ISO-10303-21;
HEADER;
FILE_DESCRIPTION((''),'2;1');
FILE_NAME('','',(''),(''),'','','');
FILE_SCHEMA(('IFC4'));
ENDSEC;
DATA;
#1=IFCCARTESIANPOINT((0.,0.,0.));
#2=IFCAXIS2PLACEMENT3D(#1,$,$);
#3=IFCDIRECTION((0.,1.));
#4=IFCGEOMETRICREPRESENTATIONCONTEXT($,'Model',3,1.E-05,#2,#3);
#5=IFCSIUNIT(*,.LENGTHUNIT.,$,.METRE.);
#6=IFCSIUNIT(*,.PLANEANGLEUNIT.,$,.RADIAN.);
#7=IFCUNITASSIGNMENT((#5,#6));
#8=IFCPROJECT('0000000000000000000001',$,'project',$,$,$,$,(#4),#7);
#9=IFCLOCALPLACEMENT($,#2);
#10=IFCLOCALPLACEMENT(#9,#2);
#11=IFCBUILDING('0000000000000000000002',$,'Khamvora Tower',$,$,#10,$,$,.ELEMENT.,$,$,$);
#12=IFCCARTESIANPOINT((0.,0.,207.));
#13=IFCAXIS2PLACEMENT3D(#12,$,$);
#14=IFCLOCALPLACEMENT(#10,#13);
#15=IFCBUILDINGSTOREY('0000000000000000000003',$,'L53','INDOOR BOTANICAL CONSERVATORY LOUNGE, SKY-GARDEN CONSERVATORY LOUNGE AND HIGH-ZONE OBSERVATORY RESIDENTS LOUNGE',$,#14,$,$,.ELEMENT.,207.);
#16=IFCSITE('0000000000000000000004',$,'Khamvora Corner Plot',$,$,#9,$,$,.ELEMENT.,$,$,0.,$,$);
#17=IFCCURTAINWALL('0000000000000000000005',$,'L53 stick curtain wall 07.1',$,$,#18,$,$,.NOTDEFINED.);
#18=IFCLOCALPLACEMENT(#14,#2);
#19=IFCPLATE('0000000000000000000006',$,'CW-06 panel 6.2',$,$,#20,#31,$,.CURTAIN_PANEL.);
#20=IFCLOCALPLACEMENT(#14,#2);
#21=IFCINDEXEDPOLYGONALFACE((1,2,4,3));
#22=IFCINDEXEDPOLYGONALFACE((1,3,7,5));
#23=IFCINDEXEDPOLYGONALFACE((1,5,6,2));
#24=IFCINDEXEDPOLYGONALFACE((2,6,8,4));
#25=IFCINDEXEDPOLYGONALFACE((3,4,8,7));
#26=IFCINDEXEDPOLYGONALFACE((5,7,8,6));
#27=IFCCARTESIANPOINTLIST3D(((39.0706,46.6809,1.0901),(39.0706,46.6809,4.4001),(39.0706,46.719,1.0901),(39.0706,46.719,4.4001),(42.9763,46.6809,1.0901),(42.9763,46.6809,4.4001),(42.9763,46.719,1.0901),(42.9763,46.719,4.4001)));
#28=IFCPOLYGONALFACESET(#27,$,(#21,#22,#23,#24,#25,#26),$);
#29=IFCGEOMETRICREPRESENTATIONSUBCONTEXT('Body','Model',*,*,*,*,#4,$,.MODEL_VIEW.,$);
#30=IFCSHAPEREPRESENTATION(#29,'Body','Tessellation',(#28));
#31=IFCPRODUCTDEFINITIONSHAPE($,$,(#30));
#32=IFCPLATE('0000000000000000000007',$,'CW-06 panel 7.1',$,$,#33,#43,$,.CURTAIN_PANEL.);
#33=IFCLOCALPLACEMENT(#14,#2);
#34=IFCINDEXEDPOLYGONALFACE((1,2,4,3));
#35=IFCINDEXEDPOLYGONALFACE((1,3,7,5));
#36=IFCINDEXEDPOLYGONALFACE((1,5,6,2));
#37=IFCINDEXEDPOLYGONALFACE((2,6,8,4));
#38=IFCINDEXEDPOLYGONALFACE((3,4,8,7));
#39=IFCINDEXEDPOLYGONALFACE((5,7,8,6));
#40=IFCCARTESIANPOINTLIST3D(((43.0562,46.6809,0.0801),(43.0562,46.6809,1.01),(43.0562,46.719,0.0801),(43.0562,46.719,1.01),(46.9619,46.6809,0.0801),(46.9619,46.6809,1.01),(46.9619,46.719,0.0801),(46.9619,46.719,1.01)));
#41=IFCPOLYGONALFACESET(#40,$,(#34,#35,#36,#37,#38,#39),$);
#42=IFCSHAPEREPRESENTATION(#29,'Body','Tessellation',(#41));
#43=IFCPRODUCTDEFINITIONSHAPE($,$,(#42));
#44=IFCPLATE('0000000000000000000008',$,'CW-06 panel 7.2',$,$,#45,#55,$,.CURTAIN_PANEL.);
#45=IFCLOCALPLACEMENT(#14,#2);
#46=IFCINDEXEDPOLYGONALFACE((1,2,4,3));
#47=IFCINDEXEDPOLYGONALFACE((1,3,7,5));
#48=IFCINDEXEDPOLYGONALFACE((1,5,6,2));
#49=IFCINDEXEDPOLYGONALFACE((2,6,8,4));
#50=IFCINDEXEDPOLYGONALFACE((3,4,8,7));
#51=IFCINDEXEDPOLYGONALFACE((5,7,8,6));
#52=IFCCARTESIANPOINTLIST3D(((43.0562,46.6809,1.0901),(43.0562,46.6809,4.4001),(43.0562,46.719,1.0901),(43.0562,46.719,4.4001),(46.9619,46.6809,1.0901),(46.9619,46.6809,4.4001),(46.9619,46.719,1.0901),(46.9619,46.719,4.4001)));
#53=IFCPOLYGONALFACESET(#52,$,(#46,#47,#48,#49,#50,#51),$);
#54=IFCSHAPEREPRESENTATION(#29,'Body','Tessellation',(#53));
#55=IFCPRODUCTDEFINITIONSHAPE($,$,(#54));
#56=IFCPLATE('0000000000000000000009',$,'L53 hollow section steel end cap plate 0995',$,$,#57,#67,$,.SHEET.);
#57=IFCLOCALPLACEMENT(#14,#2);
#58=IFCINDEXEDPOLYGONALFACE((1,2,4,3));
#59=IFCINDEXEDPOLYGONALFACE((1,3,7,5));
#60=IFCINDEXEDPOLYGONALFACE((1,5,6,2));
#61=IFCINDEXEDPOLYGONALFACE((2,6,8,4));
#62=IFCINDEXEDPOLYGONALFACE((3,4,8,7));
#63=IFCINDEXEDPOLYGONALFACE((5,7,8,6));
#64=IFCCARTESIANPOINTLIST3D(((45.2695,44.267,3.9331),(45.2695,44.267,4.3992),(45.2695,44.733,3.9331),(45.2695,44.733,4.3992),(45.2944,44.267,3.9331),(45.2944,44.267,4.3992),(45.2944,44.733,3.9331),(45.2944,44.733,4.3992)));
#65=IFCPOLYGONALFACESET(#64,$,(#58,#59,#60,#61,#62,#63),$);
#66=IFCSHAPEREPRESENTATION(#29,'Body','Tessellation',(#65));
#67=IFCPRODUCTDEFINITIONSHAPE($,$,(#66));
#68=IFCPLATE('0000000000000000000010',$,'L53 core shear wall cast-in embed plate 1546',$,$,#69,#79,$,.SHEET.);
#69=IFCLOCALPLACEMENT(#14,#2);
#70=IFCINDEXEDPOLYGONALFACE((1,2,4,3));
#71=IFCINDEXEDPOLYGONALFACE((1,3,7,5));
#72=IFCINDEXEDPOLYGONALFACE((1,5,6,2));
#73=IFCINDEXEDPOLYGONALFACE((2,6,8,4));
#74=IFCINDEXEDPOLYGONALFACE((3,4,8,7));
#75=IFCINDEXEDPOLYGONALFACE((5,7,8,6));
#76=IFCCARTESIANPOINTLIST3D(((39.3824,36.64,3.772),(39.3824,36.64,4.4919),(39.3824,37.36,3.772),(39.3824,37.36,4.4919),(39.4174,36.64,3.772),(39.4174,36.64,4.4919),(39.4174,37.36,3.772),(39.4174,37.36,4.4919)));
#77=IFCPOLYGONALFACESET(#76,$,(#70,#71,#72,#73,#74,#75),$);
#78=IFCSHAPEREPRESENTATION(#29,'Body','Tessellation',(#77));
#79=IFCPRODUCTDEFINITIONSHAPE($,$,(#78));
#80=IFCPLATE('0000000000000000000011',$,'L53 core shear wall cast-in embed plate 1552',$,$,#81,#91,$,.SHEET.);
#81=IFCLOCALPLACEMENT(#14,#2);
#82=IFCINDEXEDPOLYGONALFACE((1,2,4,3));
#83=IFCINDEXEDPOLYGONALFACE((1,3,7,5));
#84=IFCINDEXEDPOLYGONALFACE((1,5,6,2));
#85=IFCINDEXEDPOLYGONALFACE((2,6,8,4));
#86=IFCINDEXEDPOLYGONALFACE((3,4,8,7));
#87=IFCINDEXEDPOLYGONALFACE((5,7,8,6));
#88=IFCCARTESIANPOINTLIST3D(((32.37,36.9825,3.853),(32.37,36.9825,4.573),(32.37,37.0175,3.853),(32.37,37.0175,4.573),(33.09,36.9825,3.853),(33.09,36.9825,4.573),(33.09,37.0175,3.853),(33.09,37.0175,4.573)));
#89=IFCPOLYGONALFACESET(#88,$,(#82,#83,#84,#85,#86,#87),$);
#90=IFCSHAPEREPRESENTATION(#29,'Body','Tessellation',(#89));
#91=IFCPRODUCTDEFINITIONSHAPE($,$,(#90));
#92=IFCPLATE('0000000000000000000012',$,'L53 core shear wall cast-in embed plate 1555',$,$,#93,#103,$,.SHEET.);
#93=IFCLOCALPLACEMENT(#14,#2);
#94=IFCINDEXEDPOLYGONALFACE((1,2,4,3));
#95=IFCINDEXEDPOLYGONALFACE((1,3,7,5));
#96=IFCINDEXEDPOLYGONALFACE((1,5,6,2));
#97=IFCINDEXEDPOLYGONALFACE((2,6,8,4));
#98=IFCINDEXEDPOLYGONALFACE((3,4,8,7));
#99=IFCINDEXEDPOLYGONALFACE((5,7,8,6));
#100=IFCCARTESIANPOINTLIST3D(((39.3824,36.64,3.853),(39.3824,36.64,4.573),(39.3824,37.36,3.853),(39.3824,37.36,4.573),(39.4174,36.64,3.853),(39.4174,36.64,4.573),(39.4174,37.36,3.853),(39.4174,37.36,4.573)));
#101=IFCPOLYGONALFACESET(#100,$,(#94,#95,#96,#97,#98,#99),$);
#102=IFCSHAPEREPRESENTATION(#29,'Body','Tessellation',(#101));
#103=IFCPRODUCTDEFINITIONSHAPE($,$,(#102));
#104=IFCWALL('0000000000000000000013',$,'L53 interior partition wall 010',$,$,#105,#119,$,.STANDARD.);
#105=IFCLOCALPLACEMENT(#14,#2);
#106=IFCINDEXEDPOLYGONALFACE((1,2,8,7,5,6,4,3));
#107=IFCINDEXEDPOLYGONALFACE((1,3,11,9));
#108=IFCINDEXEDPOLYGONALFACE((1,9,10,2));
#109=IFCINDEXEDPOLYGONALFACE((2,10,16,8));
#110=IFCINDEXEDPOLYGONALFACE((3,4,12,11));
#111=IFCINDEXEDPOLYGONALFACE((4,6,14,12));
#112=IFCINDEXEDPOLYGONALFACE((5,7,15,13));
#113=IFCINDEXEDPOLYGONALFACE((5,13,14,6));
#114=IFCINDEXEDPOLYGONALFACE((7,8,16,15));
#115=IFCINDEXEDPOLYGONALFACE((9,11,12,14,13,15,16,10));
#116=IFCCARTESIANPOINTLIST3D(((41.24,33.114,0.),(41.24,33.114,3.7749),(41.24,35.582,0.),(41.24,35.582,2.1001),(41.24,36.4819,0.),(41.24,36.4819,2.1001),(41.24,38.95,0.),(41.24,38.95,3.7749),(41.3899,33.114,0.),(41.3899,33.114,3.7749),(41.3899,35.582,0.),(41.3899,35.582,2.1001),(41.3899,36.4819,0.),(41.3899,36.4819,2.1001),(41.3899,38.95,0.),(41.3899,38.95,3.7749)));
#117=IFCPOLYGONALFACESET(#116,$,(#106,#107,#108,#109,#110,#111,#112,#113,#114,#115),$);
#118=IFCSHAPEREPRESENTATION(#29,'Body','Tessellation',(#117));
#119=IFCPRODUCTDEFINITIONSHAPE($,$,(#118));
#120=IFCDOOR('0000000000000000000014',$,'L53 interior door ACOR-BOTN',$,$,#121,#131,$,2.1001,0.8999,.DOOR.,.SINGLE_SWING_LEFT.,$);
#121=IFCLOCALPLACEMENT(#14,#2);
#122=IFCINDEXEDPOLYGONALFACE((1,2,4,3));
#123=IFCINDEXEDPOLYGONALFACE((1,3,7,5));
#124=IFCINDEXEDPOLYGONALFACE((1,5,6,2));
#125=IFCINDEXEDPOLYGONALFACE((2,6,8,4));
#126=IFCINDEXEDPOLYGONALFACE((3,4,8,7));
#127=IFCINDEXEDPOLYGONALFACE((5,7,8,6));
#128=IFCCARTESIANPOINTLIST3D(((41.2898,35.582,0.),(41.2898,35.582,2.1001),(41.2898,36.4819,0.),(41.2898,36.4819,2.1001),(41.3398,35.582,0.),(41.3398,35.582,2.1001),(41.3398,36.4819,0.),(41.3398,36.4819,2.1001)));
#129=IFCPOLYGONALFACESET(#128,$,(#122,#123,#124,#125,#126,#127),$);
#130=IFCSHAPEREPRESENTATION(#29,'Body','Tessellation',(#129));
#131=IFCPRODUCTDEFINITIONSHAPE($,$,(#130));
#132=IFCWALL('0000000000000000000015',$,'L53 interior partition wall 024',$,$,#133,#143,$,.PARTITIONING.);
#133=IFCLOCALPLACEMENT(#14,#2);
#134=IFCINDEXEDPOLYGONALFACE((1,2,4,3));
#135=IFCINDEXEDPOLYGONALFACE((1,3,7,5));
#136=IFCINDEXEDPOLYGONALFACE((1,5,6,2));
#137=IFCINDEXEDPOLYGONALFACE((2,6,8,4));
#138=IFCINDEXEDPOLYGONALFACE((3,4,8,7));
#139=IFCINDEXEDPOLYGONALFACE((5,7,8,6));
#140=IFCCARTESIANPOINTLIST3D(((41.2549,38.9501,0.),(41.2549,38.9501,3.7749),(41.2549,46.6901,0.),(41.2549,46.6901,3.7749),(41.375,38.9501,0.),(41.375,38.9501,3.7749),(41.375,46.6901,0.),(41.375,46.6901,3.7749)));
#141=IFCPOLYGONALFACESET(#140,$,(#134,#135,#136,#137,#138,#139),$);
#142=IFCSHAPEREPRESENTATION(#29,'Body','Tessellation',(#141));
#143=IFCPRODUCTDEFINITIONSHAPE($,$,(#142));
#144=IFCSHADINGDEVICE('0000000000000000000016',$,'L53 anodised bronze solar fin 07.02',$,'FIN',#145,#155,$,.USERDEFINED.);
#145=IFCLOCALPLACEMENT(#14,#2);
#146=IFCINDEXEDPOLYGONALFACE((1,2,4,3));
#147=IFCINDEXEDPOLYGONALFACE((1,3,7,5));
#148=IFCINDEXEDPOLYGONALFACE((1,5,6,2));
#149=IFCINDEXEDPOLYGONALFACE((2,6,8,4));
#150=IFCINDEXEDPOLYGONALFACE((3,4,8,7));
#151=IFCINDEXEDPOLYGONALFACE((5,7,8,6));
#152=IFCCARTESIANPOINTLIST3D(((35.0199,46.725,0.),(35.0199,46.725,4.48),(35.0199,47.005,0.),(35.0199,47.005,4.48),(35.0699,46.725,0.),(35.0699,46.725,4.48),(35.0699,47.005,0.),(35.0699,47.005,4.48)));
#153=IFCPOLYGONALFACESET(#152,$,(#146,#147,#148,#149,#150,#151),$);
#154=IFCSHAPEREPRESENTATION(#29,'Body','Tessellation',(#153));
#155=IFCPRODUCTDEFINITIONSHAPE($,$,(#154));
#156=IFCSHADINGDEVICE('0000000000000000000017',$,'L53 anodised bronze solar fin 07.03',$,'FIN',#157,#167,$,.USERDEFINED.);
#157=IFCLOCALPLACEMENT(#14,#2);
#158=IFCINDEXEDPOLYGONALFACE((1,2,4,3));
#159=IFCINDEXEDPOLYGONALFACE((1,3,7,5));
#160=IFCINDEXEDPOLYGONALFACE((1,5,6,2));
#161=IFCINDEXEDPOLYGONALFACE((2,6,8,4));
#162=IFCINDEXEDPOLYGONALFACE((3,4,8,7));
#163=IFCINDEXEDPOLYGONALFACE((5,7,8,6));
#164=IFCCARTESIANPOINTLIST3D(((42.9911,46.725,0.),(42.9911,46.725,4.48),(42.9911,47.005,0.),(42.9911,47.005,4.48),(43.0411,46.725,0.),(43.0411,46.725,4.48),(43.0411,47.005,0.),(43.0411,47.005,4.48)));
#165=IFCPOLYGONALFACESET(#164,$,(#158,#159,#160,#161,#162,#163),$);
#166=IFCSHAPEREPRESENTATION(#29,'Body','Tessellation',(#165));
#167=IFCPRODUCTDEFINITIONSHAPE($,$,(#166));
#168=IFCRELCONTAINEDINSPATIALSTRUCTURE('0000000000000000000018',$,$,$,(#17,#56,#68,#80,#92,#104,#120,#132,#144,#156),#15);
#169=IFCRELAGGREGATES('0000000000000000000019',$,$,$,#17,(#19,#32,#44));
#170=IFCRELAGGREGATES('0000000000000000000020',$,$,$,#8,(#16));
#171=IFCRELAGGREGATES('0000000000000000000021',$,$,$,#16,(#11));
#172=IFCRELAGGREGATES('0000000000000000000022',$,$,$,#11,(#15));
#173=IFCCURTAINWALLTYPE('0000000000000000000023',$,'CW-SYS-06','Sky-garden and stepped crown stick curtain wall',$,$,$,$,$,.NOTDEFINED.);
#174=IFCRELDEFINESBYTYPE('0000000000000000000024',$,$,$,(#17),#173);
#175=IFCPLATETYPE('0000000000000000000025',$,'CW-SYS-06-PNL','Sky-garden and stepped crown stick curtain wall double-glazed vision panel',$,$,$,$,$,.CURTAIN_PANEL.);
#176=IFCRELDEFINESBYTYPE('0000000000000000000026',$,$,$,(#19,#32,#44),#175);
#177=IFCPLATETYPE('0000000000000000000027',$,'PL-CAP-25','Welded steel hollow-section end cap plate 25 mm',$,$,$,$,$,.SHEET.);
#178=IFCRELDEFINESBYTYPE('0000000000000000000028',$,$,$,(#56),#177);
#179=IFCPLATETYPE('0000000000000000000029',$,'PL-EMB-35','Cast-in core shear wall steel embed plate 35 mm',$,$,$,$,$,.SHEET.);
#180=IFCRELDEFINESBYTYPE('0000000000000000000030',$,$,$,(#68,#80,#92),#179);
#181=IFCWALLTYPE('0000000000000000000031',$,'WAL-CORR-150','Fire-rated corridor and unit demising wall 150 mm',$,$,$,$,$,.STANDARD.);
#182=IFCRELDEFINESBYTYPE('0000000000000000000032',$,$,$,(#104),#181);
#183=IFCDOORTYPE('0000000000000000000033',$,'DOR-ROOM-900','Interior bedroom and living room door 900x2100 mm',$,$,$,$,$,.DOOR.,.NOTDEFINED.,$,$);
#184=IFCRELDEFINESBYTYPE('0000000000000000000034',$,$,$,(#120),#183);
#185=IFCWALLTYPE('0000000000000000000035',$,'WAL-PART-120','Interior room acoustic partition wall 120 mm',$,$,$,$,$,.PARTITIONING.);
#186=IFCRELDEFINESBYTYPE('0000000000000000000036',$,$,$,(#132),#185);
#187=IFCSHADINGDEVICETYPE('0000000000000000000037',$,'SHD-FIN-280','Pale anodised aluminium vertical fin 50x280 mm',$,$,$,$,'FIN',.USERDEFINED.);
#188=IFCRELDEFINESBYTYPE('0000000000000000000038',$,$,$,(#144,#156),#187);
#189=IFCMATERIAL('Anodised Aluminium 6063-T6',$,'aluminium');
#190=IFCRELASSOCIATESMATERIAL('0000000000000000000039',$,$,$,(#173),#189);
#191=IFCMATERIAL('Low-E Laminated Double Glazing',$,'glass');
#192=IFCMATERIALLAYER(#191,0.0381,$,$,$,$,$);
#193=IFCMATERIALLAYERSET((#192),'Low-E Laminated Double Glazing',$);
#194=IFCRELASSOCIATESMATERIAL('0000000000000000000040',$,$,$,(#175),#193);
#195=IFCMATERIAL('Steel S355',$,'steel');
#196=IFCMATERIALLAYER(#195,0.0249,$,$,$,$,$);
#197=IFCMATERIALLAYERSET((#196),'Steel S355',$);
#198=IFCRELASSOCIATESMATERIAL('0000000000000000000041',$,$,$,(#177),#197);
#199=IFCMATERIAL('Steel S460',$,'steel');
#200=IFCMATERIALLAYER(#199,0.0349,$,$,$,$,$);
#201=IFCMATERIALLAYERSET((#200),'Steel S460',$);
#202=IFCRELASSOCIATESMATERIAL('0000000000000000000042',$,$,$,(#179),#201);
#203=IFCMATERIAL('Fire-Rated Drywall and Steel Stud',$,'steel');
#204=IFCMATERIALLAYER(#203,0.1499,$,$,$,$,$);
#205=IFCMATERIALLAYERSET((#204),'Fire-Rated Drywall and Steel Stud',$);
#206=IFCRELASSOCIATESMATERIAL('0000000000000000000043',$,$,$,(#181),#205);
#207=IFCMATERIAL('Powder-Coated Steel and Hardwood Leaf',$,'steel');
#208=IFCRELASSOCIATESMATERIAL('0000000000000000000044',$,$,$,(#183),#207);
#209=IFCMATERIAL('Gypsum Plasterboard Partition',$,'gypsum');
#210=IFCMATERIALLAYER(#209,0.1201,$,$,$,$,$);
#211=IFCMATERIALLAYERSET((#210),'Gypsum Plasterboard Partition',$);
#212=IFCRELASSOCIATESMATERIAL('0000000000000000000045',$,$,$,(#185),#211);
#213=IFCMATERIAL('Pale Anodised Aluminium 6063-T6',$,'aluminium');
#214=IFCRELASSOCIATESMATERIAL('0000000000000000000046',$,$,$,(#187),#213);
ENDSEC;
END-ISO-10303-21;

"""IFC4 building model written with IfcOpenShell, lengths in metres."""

from ifc_helpers import new_model, si_unit, direction, frame, frame_2d, origin, origin_2d, place, context, subcontext, project, spatial, rectangle, extrude, material, layer, layer_set, type_object, element, fill, aggregate, save


model = new_model("IFC4")

# Units and contexts
model_context = context("Model", 3, precision=1e-05, world=origin(), true_north=direction((0.0, 1.0)))
body_context = subcontext(model_context, "Body", "Model", "MODEL_VIEW")
ifc_project = project(units=[si_unit("LENGTHUNIT", "METRE"), si_unit("PLANEANGLEUNIT", "RADIAN")], contexts=[model_context])

# Site, building, storey
site_placement = place(None, origin())
site = spatial("IfcSite", under=ifc_project, at=site_placement, Name="Khamvora Corner Plot", CompositionType="ELEMENT", RefElevation=0.0)
building_placement = place(site_placement, origin())
building = spatial("IfcBuilding", under=site, at=building_placement, Name="Khamvora Tower", CompositionType="ELEMENT")
storey_placement = place(building_placement, frame((0.0, 0.0, 207.0)))
storey = spatial("IfcBuildingStorey", under=building, at=storey_placement, Name="L53", Description="INDOOR BOTANICAL CONSERVATORY LOUNGE, SKY-GARDEN CONSERVATORY LOUNGE AND HIGH-ZONE OBSERVATORY RESIDENTS LOUNGE", CompositionType="ELEMENT", Elevation=207.0)

# Shared definitions
ifc_material_1 = material(Name="Steel S460", Category="steel")
ifc_material_2 = material(Name="Steel S355", Category="steel")

# Curtain wall, plates
ifc_material_3 = material(Name="Anodised Aluminium 6063-T6", Category="aluminium")
curtain_wall_type = type_object("IfcCurtainWallType", Name="CW-SYS-06", Description="Sky-garden and stepped crown stick curtain wall", PredefinedType="NOTDEFINED", material=ifc_material_3)
curtain_wall_placement = place(storey_placement, origin())
curtain_wall = element("IfcCurtainWall", 1, at=curtain_wall_placement, inside=storey, type_object=curtain_wall_type, Name="L53 stick curtain wall 07.1", PredefinedType="NOTDEFINED")
ifc_material_4 = material(Name="Low-E Laminated Double Glazing", Category="glass")
ifc_layer_1 = layer(ifc_material_4, 0.0381)
ifc_layer_set_1 = layer_set([ifc_layer_1], Name="Low-E Laminated Double Glazing")
plate_type_1 = type_object("IfcPlateType", Name="CW-SYS-06-PNL", Description="Sky-garden and stepped crown stick curtain wall double-glazed vision panel", PredefinedType="CURTAIN_PANEL", material=ifc_layer_set_1)
plate_1_placement = place(storey_placement, frame((41.0234, 46.7, 1.0901), z_axis=(0.0, 0.0, 1.0), x_axis=(1.0, 0.0, 0.0)))
plate_1 = element("IfcPlate", 2, at=plate_1_placement, type_object=plate_type_1, Name="CW-06 panel 6.2", PredefinedType="CURTAIN_PANEL", context=body_context, shape_type="SweptSolid", body=[
    extrude(rectangle(XDim=3.9058, YDim=0.0381, at=origin_2d()), origin(), (0.0, 0.0, 1.0), 3.3101),
])
plate_2_placement = place(storey_placement, frame((45.009, 46.7, 0.0801), z_axis=(0.0, 0.0, 1.0), x_axis=(1.0, 0.0, 0.0)))
plate_2 = element("IfcPlate", 3, at=plate_2_placement, type_object=plate_type_1, Name="CW-06 panel 7.1", PredefinedType="CURTAIN_PANEL", context=body_context, shape_type="SweptSolid", body=[
    extrude(rectangle(XDim=3.9058, YDim=0.0381, at=origin_2d()), origin(), (0.0, 0.0, 1.0), 0.9299),
])
plate_3_placement = place(storey_placement, frame((45.009, 46.7, 1.0901), z_axis=(0.0, 0.0, 1.0), x_axis=(1.0, 0.0, 0.0)))
plate_3 = element("IfcPlate", 4, at=plate_3_placement, type_object=plate_type_1, Name="CW-06 panel 7.2", PredefinedType="CURTAIN_PANEL", context=body_context, shape_type="SweptSolid", body=[
    extrude(rectangle(XDim=3.9058, YDim=0.0381, at=origin_2d()), origin(), (0.0, 0.0, 1.0), 3.3101),
])
aggregate(curtain_wall, [plate_1, plate_2, plate_3])

# Plates
ifc_layer_2 = layer(ifc_material_2, 0.0249)
ifc_layer_set_2 = layer_set([ifc_layer_2], Name="Steel S355")
plate_type_2 = type_object("IfcPlateType", Name="PL-CAP-25", Description="Welded steel hollow-section end cap plate 25 mm", PredefinedType="SHEET", material=ifc_layer_set_2)
plate_4_placement = place(storey_placement, frame((45.282, 44.5, 3.9331), z_axis=(0.0, 0.0, 1.0), x_axis=(-1.0, 0.0, 0.0)))
element("IfcPlate", 5, at=plate_4_placement, inside=storey, type_object=plate_type_2, Name="L53 hollow section steel end cap plate 0995", PredefinedType="SHEET", context=body_context, shape_type="SweptSolid", body=[
    extrude(rectangle(XDim=0.0249, YDim=0.4661, at=origin_2d()), origin(), (0.0, 0.0, 1.0), 0.4661),
])
ifc_layer_3 = layer(ifc_material_1, 0.0349)
ifc_layer_set_3 = layer_set([ifc_layer_3], Name="Steel S460")
plate_type_3 = type_object("IfcPlateType", Name="PL-EMB-35", Description="Cast-in core shear wall steel embed plate 35 mm", PredefinedType="SHEET", material=ifc_layer_set_3)
plate_5_placement = place(storey_placement, frame((39.3999, 37.0, 3.772), z_axis=(0.0, 0.0, 1.0), x_axis=(1.0, 0.0, 0.0)))
element("IfcPlate", 6, at=plate_5_placement, inside=storey, type_object=plate_type_3, Name="L53 core shear wall cast-in embed plate 1546", PredefinedType="SHEET", context=body_context, shape_type="SweptSolid", body=[
    extrude(rectangle(XDim=0.0349, YDim=0.72, at=origin_2d()), origin(), (0.0, 0.0, 1.0), 0.72),
])
plate_6_placement = place(storey_placement, frame((32.73, 37.0, 3.853), z_axis=(0.0, 0.0, 1.0), x_axis=(1.0, 0.0, 0.0)))
element("IfcPlate", 7, at=plate_6_placement, inside=storey, type_object=plate_type_3, Name="L53 core shear wall cast-in embed plate 1552", PredefinedType="SHEET", context=body_context, shape_type="SweptSolid", body=[
    extrude(rectangle(XDim=0.72, YDim=0.0349, at=origin_2d()), origin(), (0.0, 0.0, 1.0), 0.72),
])
plate_7_placement = place(storey_placement, frame((39.3999, 37.0, 3.853), z_axis=(0.0, 0.0, 1.0), x_axis=(1.0, 0.0, 0.0)))
element("IfcPlate", 8, at=plate_7_placement, inside=storey, type_object=plate_type_3, Name="L53 core shear wall cast-in embed plate 1555", PredefinedType="SHEET", context=body_context, shape_type="SweptSolid", body=[
    extrude(rectangle(XDim=0.0349, YDim=0.72, at=origin_2d()), origin(), (0.0, 0.0, 1.0), 0.72),
])

# Wall, opening, door
ifc_material_5 = material(Name="Fire-Rated Drywall and Steel Stud", Category="steel")
ifc_layer_4 = layer(ifc_material_5, 0.1499)
ifc_layer_set_4 = layer_set([ifc_layer_4], Name="Fire-Rated Drywall and Steel Stud")
wall_type_1 = type_object("IfcWallType", Name="WAL-CORR-150", Description="Fire-rated corridor and unit demising wall 150 mm", PredefinedType="STANDARD", material=ifc_layer_set_4)
wall_1_placement = place(storey_placement, frame((41.3149, 38.95, 0.0), z_axis=(0.0, 0.0, 1.0), x_axis=(0.0, -1.0, 0.0)))
wall_1 = element("IfcWall", 9, at=wall_1_placement, inside=storey, type_object=wall_type_1, Name="L53 interior partition wall 010", PredefinedType="STANDARD", context=body_context, shape_type="SweptSolid", body=[
    extrude(rectangle(XDim=5.8359, YDim=0.1499, at=frame_2d((2.918, 0.0))), origin(), (0.0, 0.0, 1.0), 3.7749),
])
opening_placement = place(wall_1_placement, frame((2.468, 0.0, 0.0)))
opening = element("IfcOpeningElement", 10, at=opening_placement, cuts=wall_1, PredefinedType="OPENING", context=body_context, shape_type="SweptSolid", body=[
    extrude(rectangle(XDim=0.8999, YDim=2.1001, at=frame_2d((0.45, 1.05))), frame((0.0, 0.085, 0.0), z_axis=(0.0, -1.0, 0.0), x_axis=(1.0, 0.0, 0.0)), (0.0, 0.0, 1.0), 0.1699),
])
ifc_material_6 = material(Name="Powder-Coated Steel and Hardwood Leaf", Category="steel")
door_type = type_object("IfcDoorType", Name="DOR-ROOM-900", Description="Interior bedroom and living room door 900x2100 mm", OperationType="NOTDEFINED", PredefinedType="DOOR", material=ifc_material_6)
door_placement = place(opening_placement, origin())
door = element("IfcDoor", 11, at=door_placement, inside=storey, type_object=door_type, Name="L53 interior door ACOR-BOTN", OperationType="SINGLE_SWING_LEFT", OverallHeight=2.1001, OverallWidth=0.8999, PredefinedType="DOOR", context=body_context, shape_type="SweptSolid", body=[
    extrude(rectangle(XDim=0.8999, YDim=2.1001, at=frame_2d((0.45, 1.05))), frame((0.0, 0.0249, 0.0), z_axis=(0.0, -1.0, 0.0), x_axis=(1.0, 0.0, 0.0)), (0.0, 0.0, 1.0), 0.05),
])
fill(opening, door)

# Wall
ifc_material_7 = material(Name="Gypsum Plasterboard Partition", Category="gypsum")
ifc_layer_5 = layer(ifc_material_7, 0.1201)
ifc_layer_set_5 = layer_set([ifc_layer_5], Name="Gypsum Plasterboard Partition")
wall_type_2 = type_object("IfcWallType", Name="WAL-PART-120", Description="Interior room acoustic partition wall 120 mm", PredefinedType="PARTITIONING", material=ifc_layer_set_5)
wall_2_placement = place(storey_placement, frame((41.3149, 38.95, 0.0), z_axis=(0.0, 0.0, 1.0), x_axis=(0.0, 1.0, 0.0)))
element("IfcWall", 12, at=wall_2_placement, inside=storey, type_object=wall_type_2, Name="L53 interior partition wall 024", PredefinedType="PARTITIONING", context=body_context, shape_type="SweptSolid", body=[
    extrude(rectangle(XDim=7.74, YDim=0.1201, at=frame_2d((3.8701, 0.0))), origin(), (0.0, 0.0, 1.0), 3.7749),
])

# Shading devices
ifc_material_8 = material(Name="Pale Anodised Aluminium 6063-T6", Category="aluminium")
shading_device_type = type_object("IfcShadingDeviceType", Name="SHD-FIN-280", Description="Pale anodised aluminium vertical fin 50x280 mm", ElementType="FIN", PredefinedType="USERDEFINED", material=ifc_material_8)
for number, where, z_axis, x_axis, name in (
    (13, (35.0449, 46.865, 0.0), (0.0, 0.0, 1.0), (1.0, 0.0, 0.0), "L53 anodised bronze solar fin 07.02"),
    (14, (43.0161, 46.865, 0.0), (0.0, 0.0, 1.0), (1.0, 0.0, 0.0), "L53 anodised bronze solar fin 07.03"),
):
    element("IfcShadingDevice", number, at=place(storey_placement, frame(where, z_axis=z_axis, x_axis=x_axis)), inside=storey, type_object=shading_device_type, Name=name, ObjectType="FIN", PredefinedType="USERDEFINED", context=body_context, shape_type="SweptSolid", body=[
        extrude(rectangle(XDim=0.05, YDim=0.28, at=origin_2d()), origin(), (0.0, 0.0, 1.0), 4.48),
    ])

save(model, "model.ifc")
